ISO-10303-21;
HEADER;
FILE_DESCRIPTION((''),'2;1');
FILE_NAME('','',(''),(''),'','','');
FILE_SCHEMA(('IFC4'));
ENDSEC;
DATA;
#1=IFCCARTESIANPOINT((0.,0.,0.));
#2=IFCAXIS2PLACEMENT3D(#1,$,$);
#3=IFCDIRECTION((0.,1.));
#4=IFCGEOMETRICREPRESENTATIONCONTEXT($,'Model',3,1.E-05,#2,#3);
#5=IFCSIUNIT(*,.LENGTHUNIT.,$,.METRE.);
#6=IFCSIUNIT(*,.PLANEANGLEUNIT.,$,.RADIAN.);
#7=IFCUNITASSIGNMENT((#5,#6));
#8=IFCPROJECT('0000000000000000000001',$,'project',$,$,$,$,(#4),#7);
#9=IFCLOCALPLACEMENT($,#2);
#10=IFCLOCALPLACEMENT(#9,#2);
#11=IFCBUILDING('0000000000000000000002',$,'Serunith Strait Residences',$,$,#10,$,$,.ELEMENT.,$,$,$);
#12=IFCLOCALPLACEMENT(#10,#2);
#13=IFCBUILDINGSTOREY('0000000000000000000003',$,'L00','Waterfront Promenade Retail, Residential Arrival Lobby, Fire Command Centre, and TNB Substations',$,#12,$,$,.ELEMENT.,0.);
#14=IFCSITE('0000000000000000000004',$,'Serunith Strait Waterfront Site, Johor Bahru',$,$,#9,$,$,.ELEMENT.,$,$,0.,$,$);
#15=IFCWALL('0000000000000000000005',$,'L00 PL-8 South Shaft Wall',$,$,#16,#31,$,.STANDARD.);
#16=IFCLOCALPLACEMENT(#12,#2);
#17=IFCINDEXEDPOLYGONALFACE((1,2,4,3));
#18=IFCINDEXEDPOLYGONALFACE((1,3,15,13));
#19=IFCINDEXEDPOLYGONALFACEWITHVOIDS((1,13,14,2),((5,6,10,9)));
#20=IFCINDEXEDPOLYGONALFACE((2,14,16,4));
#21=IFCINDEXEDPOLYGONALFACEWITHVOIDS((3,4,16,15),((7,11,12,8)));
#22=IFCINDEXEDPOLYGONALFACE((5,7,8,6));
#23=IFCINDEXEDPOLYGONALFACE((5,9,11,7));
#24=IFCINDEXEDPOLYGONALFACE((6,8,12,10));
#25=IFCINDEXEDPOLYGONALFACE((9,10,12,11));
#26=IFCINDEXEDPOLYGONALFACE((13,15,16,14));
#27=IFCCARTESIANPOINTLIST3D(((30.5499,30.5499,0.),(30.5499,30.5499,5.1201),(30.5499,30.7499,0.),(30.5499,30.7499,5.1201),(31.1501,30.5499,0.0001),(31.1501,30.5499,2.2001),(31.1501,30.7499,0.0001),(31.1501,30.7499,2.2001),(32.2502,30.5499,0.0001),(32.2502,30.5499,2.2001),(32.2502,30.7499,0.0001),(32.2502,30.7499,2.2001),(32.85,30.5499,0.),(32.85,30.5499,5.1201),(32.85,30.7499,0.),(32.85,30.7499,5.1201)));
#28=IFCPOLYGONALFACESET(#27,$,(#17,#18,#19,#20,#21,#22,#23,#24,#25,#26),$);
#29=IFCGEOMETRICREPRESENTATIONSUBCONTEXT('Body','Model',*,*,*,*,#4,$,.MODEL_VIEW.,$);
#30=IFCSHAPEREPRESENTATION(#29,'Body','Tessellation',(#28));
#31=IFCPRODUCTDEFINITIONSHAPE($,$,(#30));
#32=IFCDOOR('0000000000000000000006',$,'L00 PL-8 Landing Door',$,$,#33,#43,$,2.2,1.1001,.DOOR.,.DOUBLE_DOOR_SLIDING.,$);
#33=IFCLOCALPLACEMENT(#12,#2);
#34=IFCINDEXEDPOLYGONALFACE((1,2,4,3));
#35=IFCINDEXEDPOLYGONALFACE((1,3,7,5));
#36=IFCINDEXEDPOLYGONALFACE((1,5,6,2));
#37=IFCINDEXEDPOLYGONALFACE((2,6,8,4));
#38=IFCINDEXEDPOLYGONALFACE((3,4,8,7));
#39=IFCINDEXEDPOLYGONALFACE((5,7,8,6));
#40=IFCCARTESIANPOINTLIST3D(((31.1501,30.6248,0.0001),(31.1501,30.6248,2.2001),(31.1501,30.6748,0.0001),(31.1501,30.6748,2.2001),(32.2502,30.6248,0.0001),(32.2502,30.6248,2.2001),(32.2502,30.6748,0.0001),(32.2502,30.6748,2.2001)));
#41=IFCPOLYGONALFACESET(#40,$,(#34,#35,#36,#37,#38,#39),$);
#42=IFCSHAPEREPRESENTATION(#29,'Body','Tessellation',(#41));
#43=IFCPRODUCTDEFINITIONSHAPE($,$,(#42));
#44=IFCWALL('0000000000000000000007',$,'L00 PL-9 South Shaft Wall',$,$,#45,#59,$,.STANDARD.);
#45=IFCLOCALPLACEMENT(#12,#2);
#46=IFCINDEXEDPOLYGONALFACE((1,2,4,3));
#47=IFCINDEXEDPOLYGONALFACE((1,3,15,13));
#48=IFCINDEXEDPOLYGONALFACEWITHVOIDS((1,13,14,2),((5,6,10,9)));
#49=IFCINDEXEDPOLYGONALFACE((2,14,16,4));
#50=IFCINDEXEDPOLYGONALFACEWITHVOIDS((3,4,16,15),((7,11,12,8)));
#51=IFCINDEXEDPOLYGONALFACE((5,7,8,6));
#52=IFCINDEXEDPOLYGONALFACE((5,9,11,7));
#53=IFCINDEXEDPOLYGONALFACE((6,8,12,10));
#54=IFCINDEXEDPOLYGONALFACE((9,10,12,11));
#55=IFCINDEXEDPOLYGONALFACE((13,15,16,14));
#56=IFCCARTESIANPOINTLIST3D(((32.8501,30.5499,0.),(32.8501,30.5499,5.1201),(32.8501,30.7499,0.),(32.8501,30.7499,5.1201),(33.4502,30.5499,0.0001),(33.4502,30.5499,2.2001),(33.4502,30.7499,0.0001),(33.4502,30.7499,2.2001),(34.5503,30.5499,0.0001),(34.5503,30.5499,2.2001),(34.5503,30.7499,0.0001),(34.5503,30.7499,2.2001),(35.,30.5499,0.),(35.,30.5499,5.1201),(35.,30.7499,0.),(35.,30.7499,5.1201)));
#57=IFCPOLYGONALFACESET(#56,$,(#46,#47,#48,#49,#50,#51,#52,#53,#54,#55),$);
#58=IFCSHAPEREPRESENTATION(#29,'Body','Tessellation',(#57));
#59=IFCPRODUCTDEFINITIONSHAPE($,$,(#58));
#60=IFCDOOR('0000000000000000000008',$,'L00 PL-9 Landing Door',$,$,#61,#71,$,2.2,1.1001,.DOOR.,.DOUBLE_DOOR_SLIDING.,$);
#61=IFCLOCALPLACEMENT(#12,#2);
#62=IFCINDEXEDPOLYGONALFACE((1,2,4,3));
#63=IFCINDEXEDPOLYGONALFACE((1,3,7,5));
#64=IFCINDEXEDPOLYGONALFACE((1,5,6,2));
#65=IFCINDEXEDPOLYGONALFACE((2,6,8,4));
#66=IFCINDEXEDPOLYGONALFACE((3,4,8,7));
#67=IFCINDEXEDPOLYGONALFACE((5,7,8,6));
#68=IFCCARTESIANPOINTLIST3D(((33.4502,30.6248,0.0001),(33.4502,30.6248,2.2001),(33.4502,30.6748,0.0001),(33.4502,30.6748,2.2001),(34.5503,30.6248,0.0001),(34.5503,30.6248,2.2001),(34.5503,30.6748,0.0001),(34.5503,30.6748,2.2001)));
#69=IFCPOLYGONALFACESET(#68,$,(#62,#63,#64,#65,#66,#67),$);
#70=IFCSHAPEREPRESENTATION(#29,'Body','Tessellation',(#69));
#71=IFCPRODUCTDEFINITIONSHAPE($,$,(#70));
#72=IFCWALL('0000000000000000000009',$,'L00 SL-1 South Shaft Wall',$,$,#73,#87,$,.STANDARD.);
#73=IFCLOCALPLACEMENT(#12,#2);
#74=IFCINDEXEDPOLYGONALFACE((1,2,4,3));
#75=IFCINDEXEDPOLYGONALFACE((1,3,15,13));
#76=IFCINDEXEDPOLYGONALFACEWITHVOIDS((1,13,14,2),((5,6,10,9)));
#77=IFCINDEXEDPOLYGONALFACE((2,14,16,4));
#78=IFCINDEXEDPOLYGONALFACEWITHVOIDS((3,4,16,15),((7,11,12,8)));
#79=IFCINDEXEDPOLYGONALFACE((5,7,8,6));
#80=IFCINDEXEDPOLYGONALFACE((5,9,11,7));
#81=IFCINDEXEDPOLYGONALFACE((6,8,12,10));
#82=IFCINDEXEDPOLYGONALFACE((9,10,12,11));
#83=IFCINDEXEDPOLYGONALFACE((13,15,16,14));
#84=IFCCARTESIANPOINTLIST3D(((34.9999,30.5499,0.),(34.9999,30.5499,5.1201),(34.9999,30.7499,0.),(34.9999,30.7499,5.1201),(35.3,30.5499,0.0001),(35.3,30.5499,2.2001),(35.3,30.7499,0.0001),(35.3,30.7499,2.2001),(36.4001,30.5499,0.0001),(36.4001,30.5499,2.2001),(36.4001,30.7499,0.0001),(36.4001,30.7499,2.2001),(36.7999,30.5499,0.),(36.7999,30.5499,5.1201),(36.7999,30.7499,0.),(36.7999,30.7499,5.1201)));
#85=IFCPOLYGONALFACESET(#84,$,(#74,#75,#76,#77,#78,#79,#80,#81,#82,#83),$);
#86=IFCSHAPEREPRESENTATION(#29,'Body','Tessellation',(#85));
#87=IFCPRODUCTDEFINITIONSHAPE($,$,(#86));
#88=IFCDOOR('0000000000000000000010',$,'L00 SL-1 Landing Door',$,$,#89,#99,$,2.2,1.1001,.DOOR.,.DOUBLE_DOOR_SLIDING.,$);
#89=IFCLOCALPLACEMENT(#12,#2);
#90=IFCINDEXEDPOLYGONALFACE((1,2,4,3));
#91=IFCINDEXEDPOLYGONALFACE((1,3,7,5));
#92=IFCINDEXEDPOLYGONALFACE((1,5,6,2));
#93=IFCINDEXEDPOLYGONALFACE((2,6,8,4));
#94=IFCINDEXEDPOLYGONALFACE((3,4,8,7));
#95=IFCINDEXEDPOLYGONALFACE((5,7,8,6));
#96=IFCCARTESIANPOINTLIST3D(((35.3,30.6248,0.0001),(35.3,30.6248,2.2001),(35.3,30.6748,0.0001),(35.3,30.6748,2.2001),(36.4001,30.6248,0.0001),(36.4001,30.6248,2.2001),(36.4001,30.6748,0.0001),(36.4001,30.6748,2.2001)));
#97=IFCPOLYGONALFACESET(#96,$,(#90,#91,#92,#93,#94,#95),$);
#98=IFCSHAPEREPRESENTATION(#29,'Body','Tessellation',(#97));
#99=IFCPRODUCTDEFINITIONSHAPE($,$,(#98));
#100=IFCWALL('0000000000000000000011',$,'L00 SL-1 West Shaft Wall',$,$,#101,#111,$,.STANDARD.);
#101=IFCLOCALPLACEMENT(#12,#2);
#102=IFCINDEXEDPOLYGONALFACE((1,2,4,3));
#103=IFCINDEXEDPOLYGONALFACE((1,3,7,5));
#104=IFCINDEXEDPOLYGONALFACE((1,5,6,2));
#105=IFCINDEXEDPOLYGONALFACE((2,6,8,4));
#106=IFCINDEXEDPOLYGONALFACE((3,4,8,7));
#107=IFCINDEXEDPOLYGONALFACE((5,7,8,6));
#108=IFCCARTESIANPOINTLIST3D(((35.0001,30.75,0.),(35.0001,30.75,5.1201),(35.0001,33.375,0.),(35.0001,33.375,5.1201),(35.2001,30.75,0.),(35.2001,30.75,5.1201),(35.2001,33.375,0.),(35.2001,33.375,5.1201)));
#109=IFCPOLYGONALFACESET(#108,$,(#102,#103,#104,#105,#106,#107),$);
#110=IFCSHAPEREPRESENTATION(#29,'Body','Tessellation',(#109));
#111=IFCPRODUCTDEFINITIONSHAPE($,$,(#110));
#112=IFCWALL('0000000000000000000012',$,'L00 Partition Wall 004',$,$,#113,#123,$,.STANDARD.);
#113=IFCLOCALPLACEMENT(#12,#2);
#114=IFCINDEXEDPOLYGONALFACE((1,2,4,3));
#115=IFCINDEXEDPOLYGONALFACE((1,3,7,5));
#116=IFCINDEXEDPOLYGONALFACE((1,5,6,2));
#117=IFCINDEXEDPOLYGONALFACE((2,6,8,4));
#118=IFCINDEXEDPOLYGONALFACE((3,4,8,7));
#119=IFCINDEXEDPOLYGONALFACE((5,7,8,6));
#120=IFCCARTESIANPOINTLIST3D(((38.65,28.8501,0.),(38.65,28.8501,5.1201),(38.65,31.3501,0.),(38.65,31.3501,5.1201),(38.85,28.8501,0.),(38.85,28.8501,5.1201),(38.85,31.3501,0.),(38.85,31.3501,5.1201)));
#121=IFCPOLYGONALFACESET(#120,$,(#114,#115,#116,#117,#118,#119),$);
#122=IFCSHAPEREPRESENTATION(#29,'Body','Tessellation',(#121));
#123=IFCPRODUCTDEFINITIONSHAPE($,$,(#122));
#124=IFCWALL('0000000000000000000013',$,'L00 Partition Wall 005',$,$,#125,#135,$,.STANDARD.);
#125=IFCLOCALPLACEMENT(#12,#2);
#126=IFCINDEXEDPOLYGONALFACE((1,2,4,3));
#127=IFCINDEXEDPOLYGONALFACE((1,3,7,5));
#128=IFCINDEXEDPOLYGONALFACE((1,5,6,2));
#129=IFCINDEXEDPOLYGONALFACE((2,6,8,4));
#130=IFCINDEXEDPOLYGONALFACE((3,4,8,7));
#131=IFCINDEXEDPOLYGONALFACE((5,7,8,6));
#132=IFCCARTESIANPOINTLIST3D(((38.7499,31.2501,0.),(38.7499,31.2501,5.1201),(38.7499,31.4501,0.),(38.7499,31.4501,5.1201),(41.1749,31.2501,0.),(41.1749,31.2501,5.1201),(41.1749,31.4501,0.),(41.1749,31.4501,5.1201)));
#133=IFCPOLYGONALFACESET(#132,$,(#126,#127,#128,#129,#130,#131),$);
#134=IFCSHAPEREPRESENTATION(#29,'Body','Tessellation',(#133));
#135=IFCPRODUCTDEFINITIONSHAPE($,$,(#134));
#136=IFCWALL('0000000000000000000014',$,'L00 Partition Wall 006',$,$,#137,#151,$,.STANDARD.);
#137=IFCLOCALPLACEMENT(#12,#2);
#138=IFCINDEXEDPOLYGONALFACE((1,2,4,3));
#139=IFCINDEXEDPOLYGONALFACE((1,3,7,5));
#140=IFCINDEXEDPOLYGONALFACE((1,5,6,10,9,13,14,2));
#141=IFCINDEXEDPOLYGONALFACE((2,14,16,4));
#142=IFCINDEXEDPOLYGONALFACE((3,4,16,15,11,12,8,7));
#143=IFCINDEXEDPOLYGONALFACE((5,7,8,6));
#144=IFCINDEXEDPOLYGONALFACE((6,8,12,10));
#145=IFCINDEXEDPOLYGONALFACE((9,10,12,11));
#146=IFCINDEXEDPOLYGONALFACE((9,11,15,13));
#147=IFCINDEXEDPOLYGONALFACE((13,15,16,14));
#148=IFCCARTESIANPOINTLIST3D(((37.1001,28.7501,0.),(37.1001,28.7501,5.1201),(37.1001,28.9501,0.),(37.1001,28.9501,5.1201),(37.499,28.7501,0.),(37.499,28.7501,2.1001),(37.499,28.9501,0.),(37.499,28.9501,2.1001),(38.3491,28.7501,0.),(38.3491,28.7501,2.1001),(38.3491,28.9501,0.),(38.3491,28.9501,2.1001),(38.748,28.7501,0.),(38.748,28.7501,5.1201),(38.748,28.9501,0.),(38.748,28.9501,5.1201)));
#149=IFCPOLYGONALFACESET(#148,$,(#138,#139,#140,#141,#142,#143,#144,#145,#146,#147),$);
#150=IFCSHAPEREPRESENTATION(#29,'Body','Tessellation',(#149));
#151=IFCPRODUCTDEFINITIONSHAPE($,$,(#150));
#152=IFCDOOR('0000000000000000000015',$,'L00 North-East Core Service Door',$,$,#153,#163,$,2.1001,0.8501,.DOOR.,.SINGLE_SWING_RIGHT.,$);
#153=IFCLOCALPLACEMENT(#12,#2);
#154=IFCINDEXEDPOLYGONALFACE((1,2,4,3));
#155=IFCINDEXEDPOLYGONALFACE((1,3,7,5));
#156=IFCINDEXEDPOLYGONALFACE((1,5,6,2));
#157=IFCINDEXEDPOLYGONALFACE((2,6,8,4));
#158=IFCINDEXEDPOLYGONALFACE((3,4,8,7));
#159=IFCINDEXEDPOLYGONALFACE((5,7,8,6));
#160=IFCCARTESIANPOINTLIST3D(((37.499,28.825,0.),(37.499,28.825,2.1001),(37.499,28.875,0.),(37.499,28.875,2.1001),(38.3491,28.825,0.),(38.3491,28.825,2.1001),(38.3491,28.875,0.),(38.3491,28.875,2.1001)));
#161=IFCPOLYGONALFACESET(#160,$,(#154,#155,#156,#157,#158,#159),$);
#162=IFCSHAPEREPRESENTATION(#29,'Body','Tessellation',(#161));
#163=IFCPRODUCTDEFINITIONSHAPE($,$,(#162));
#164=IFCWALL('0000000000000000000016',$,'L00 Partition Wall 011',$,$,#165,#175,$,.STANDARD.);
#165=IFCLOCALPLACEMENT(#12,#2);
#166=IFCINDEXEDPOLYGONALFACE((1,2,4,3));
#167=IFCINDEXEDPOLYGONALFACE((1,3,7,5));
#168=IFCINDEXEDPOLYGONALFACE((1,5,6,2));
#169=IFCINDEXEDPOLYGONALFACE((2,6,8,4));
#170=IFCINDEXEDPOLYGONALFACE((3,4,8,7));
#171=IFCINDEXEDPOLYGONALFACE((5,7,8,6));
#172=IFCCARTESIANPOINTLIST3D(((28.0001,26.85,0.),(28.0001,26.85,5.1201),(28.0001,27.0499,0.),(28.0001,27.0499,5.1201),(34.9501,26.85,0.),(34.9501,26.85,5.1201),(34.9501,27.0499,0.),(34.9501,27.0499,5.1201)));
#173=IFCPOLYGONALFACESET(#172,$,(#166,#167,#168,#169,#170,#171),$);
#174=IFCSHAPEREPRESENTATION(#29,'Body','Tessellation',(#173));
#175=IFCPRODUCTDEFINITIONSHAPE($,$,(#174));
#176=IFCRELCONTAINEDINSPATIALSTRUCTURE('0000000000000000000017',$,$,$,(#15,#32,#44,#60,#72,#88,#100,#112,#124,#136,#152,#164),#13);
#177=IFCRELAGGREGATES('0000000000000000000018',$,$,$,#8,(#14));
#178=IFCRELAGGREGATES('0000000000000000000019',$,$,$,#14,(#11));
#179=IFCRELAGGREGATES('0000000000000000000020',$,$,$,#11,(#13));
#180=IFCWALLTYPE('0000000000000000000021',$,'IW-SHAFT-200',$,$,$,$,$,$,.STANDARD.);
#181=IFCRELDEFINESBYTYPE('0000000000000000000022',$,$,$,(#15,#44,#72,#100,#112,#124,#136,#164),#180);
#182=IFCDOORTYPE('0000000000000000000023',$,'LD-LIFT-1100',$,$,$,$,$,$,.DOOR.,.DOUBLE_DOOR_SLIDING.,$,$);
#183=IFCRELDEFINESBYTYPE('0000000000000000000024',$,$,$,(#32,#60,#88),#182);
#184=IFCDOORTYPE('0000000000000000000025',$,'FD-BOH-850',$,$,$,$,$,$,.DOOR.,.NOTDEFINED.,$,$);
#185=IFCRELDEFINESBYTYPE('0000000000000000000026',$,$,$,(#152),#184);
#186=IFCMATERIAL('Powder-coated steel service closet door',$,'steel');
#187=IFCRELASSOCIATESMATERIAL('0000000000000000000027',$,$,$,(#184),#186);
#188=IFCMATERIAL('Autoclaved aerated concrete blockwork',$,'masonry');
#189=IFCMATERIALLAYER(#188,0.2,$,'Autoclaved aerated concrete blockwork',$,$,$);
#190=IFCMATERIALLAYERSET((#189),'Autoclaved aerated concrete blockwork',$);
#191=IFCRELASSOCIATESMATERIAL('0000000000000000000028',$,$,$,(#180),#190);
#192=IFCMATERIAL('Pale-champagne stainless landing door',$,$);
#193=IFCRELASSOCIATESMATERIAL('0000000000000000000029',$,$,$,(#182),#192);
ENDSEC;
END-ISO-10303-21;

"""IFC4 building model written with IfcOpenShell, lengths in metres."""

from ifc_helpers import new_model, si_unit, direction, frame, frame_2d, origin, place, context, subcontext, project, spatial, rectangle, extrude, source, transform, mapped, material, layer, layer_set, type_object, element, fill, save


model = new_model("IFC4")

# Units and contexts
model_context = context("Model", 3, precision=1e-05, world=origin(), true_north=direction((0.0, 1.0)))
body_context = subcontext(model_context, "Body", "Model", "MODEL_VIEW")
ifc_project = project(units=[si_unit("LENGTHUNIT", "METRE"), si_unit("PLANEANGLEUNIT", "RADIAN")], contexts=[model_context])

# Site, building, storey
site_placement = place(None, origin())
site = spatial("IfcSite", under=ifc_project, at=site_placement, Name="Serunith Strait Waterfront Site, Johor Bahru", CompositionType="ELEMENT", RefElevation=0.0)
building_placement = place(site_placement, origin())
building = spatial("IfcBuilding", under=site, at=building_placement, Name="Serunith Strait Residences", CompositionType="ELEMENT")
storey_placement = place(building_placement, origin())
storey = spatial("IfcBuildingStorey", under=building, at=storey_placement, Name="L00", Description="Waterfront Promenade Retail, Residential Arrival Lobby, Fire Command Centre, and TNB Substations", CompositionType="ELEMENT", Elevation=0.0)

# Shared definitions
ifc_material_1 = material(Name="Powder-coated steel service closet door", Category="steel")
door_type_1 = type_object("IfcDoorType", Name="FD-BOH-850", OperationType="NOTDEFINED", PredefinedType="DOOR", material=ifc_material_1)
shared_shape_1 = source(origin(), body_context, "Body", "SweptSolid", [
    extrude(rectangle(XDim=0.8501, YDim=2.1001, at=frame_2d((0.425, 1.05))), frame((0.0, 0.0249, 0.0), z_axis=(0.0, -1.0, 0.0), x_axis=(1.0, 0.0, 0.0)), (0.0, 0.0, 1.0), 0.05),
])

# Walls, openings, doors
ifc_material_2 = material(Name="Autoclaved aerated concrete blockwork", Category="masonry")
ifc_layer_1 = layer(ifc_material_2, 0.2, Name="Autoclaved aerated concrete blockwork")
ifc_layer_set_1 = layer_set([ifc_layer_1], Name="Autoclaved aerated concrete blockwork")
wall_type_1 = type_object("IfcWallType", Name="IW-SHAFT-200", PredefinedType="STANDARD", material=ifc_layer_set_1)
ifc_material_3 = material(Name="Pale-champagne stainless landing door")
door_type_2 = type_object("IfcDoorType", Name="LD-LIFT-1100", OperationType="DOUBLE_DOOR_SLIDING", PredefinedType="DOOR", material=ifc_material_3)
shared_shape_2 = source(origin(), body_context, "Body", "SweptSolid", [
    extrude(rectangle(XDim=1.1001, YDim=2.2, at=frame_2d((0.55, 1.1001))), frame((0.0, 0.0249, 0.0), z_axis=(0.0, -1.0, 0.0), x_axis=(1.0, 0.0, 0.0)), (0.0, 0.0, 1.0), 0.05),
])
wall_1_placement = place(storey_placement, frame((30.55, 30.6499, 0.0), z_axis=(0.0, 0.0, 1.0), x_axis=(1.0, 0.0, 0.0)))
wall_1 = element("IfcWall", 1, at=wall_1_placement, inside=storey, type_object=wall_type_1, Name="L00 PL-8 South Shaft Wall", PredefinedType="STANDARD", context=body_context, shape_type="SweptSolid", body=[
    extrude(rectangle(XDim=2.3, YDim=0.2, at=frame_2d((1.1499, 0.0))), origin(), (0.0, 0.0, 1.0), 5.1201),
])
opening_1_placement = place(wall_1_placement, frame((0.6001, 0.0, 0.0)))
opening_1 = element("IfcOpeningElement", 2, at=opening_1_placement, cuts=wall_1, PredefinedType="OPENING", context=body_context, shape_type="SweptSolid", body=[
    extrude(rectangle(XDim=1.1001, YDim=2.2, at=frame_2d((0.55, 1.1001))), frame((0.0, 0.1099, 0.0), z_axis=(0.0, -1.0, 0.0), x_axis=(1.0, 0.0, 0.0)), (0.0, 0.0, 1.0), 0.22),
])
door_1_placement = place(opening_1_placement, origin())
door_1 = element("IfcDoor", 3, at=door_1_placement, inside=storey, type_object=door_type_2, Name="L00 PL-8 Landing Door", OperationType="DOUBLE_DOOR_SLIDING", OverallHeight=2.2, OverallWidth=1.1001, PredefinedType="DOOR", context=body_context, shape_type="MappedRepresentation", body=[
    mapped(shared_shape_2, transform((0.0, 0.0, 0.0), scale=1.0)),
])
fill(opening_1, door_1)
wall_2_placement = place(storey_placement, frame((32.8501, 30.6499, 0.0), z_axis=(0.0, 0.0, 1.0), x_axis=(1.0, 0.0, 0.0)))
wall_2 = element("IfcWall", 4, at=wall_2_placement, inside=storey, type_object=wall_type_1, Name="L00 PL-9 South Shaft Wall", PredefinedType="STANDARD", context=body_context, shape_type="SweptSolid", body=[
    extrude(rectangle(XDim=2.1499, YDim=0.2, at=frame_2d((1.075, 0.0))), origin(), (0.0, 0.0, 1.0), 5.1201),
])
opening_2_placement = place(wall_2_placement, frame((0.6001, 0.0, 0.0)))
opening_2 = element("IfcOpeningElement", 5, at=opening_2_placement, cuts=wall_2, PredefinedType="OPENING", context=body_context, shape_type="SweptSolid", body=[
    extrude(rectangle(XDim=1.1001, YDim=2.2, at=frame_2d((0.55, 1.1001))), frame((0.0, 0.1099, 0.0), z_axis=(0.0, -1.0, 0.0), x_axis=(1.0, 0.0, 0.0)), (0.0, 0.0, 1.0), 0.22),
])
door_2_placement = place(opening_2_placement, origin())
door_2 = element("IfcDoor", 6, at=door_2_placement, inside=storey, type_object=door_type_2, Name="L00 PL-9 Landing Door", OperationType="DOUBLE_DOOR_SLIDING", OverallHeight=2.2, OverallWidth=1.1001, PredefinedType="DOOR", context=body_context, shape_type="MappedRepresentation", body=[
    mapped(shared_shape_2, transform((0.0, 0.0, 0.0), scale=1.0)),
])
fill(opening_2, door_2)
wall_3_placement = place(storey_placement, frame((35.0, 30.6499, 0.0), z_axis=(0.0, 0.0, 1.0), x_axis=(1.0, 0.0, 0.0)))
wall_3 = element("IfcWall", 7, at=wall_3_placement, inside=storey, type_object=wall_type_1, Name="L00 SL-1 South Shaft Wall", PredefinedType="STANDARD", context=body_context, shape_type="SweptSolid", body=[
    extrude(rectangle(XDim=1.8, YDim=0.2, at=frame_2d((0.8999, 0.0))), origin(), (0.0, 0.0, 1.0), 5.1201),
])
opening_3_placement = place(wall_3_placement, frame((0.3, 0.0, 0.0)))
opening_3 = element("IfcOpeningElement", 8, at=opening_3_placement, cuts=wall_3, PredefinedType="OPENING", context=body_context, shape_type="SweptSolid", body=[
    extrude(rectangle(XDim=1.1001, YDim=2.2, at=frame_2d((0.55, 1.1001))), frame((0.0, 0.1099, 0.0), z_axis=(0.0, -1.0, 0.0), x_axis=(1.0, 0.0, 0.0)), (0.0, 0.0, 1.0), 0.22),
])
door_3_placement = place(opening_3_placement, origin())
door_3 = element("IfcDoor", 9, at=door_3_placement, inside=storey, type_object=door_type_2, Name="L00 SL-1 Landing Door", OperationType="DOUBLE_DOOR_SLIDING", OverallHeight=2.2, OverallWidth=1.1001, PredefinedType="DOOR", context=body_context, shape_type="MappedRepresentation", body=[
    mapped(shared_shape_2, transform((0.0, 0.0, 0.0), scale=1.0)),
])
fill(opening_3, door_3)

# Walls
wall_4_placement = place(storey_placement, frame((35.1001, 30.75, 0.0), z_axis=(0.0, 0.0, 1.0), x_axis=(0.0, 1.0, 0.0)))
element("IfcWall", 10, at=wall_4_placement, inside=storey, type_object=wall_type_1, Name="L00 SL-1 West Shaft Wall", PredefinedType="STANDARD", context=body_context, shape_type="SweptSolid", body=[
    extrude(rectangle(XDim=2.625, YDim=0.2, at=frame_2d((1.3125, 0.0))), origin(), (0.0, 0.0, 1.0), 5.1201),
])
wall_5_placement = place(storey_placement, frame((38.75, 28.8501, 0.0), z_axis=(0.0, 0.0, 1.0), x_axis=(0.0, 1.0, 0.0)))
element("IfcWall", 11, at=wall_5_placement, inside=storey, type_object=wall_type_1, Name="L00 Partition Wall 004", PredefinedType="STANDARD", context=body_context, shape_type="SweptSolid", body=[
    extrude(rectangle(XDim=2.5, YDim=0.2, at=frame_2d((1.25, 0.0))), origin(), (0.0, 0.0, 1.0), 5.1201),
])
wall_6_placement = place(storey_placement, frame((38.75, 31.3501, 0.0), z_axis=(0.0, 0.0, 1.0), x_axis=(1.0, 0.0, 0.0)))
element("IfcWall", 12, at=wall_6_placement, inside=storey, type_object=wall_type_1, Name="L00 Partition Wall 005", PredefinedType="STANDARD", context=body_context, shape_type="SweptSolid", body=[
    extrude(rectangle(XDim=2.425, YDim=0.2, at=frame_2d((1.2124, 0.0))), origin(), (0.0, 0.0, 1.0), 5.1201),
])

# Wall, opening, door
wall_7_placement = place(storey_placement, frame((37.1001, 28.8501, 0.0), z_axis=(0.0, 0.0, 1.0), x_axis=(1.0, 0.0, 0.0)))
wall_7 = element("IfcWall", 13, at=wall_7_placement, inside=storey, type_object=wall_type_1, Name="L00 Partition Wall 006", PredefinedType="STANDARD", context=body_context, shape_type="SweptSolid", body=[
    extrude(rectangle(XDim=1.6479, YDim=0.2, at=frame_2d((0.824, 0.0))), origin(), (0.0, 0.0, 1.0), 5.1201),
])
opening_4_placement = place(wall_7_placement, frame((0.3989, 0.0, 0.0)))
opening_4 = element("IfcOpeningElement", 14, at=opening_4_placement, cuts=wall_7, PredefinedType="OPENING", context=body_context, shape_type="SweptSolid", body=[
    extrude(rectangle(XDim=0.8501, YDim=2.1001, at=frame_2d((0.425, 1.05))), frame((0.0, 0.1099, 0.0), z_axis=(0.0, -1.0, 0.0), x_axis=(1.0, 0.0, 0.0)), (0.0, 0.0, 1.0), 0.22),
])
door_4_placement = place(opening_4_placement, origin())
door_4 = element("IfcDoor", 15, at=door_4_placement, inside=storey, type_object=door_type_1, Name="L00 North-East Core Service Door", OperationType="SINGLE_SWING_RIGHT", OverallHeight=2.1001, OverallWidth=0.8501, PredefinedType="DOOR", context=body_context, shape_type="MappedRepresentation", body=[
    mapped(shared_shape_1, transform((0.0, 0.0, 0.0), scale=1.0)),
])
fill(opening_4, door_4)

# Wall
wall_8_placement = place(storey_placement, frame((28.0, 26.95, 0.0), z_axis=(0.0, 0.0, 1.0), x_axis=(1.0, 0.0, 0.0)))
element("IfcWall", 16, at=wall_8_placement, inside=storey, type_object=wall_type_1, Name="L00 Partition Wall 011", PredefinedType="STANDARD", context=body_context, shape_type="SweptSolid", body=[
    extrude(rectangle(XDim=6.95, YDim=0.2, at=frame_2d((3.4751, 0.0))), origin(), (0.0, 0.0, 1.0), 5.1201),
])

save(model, "model.ifc")
